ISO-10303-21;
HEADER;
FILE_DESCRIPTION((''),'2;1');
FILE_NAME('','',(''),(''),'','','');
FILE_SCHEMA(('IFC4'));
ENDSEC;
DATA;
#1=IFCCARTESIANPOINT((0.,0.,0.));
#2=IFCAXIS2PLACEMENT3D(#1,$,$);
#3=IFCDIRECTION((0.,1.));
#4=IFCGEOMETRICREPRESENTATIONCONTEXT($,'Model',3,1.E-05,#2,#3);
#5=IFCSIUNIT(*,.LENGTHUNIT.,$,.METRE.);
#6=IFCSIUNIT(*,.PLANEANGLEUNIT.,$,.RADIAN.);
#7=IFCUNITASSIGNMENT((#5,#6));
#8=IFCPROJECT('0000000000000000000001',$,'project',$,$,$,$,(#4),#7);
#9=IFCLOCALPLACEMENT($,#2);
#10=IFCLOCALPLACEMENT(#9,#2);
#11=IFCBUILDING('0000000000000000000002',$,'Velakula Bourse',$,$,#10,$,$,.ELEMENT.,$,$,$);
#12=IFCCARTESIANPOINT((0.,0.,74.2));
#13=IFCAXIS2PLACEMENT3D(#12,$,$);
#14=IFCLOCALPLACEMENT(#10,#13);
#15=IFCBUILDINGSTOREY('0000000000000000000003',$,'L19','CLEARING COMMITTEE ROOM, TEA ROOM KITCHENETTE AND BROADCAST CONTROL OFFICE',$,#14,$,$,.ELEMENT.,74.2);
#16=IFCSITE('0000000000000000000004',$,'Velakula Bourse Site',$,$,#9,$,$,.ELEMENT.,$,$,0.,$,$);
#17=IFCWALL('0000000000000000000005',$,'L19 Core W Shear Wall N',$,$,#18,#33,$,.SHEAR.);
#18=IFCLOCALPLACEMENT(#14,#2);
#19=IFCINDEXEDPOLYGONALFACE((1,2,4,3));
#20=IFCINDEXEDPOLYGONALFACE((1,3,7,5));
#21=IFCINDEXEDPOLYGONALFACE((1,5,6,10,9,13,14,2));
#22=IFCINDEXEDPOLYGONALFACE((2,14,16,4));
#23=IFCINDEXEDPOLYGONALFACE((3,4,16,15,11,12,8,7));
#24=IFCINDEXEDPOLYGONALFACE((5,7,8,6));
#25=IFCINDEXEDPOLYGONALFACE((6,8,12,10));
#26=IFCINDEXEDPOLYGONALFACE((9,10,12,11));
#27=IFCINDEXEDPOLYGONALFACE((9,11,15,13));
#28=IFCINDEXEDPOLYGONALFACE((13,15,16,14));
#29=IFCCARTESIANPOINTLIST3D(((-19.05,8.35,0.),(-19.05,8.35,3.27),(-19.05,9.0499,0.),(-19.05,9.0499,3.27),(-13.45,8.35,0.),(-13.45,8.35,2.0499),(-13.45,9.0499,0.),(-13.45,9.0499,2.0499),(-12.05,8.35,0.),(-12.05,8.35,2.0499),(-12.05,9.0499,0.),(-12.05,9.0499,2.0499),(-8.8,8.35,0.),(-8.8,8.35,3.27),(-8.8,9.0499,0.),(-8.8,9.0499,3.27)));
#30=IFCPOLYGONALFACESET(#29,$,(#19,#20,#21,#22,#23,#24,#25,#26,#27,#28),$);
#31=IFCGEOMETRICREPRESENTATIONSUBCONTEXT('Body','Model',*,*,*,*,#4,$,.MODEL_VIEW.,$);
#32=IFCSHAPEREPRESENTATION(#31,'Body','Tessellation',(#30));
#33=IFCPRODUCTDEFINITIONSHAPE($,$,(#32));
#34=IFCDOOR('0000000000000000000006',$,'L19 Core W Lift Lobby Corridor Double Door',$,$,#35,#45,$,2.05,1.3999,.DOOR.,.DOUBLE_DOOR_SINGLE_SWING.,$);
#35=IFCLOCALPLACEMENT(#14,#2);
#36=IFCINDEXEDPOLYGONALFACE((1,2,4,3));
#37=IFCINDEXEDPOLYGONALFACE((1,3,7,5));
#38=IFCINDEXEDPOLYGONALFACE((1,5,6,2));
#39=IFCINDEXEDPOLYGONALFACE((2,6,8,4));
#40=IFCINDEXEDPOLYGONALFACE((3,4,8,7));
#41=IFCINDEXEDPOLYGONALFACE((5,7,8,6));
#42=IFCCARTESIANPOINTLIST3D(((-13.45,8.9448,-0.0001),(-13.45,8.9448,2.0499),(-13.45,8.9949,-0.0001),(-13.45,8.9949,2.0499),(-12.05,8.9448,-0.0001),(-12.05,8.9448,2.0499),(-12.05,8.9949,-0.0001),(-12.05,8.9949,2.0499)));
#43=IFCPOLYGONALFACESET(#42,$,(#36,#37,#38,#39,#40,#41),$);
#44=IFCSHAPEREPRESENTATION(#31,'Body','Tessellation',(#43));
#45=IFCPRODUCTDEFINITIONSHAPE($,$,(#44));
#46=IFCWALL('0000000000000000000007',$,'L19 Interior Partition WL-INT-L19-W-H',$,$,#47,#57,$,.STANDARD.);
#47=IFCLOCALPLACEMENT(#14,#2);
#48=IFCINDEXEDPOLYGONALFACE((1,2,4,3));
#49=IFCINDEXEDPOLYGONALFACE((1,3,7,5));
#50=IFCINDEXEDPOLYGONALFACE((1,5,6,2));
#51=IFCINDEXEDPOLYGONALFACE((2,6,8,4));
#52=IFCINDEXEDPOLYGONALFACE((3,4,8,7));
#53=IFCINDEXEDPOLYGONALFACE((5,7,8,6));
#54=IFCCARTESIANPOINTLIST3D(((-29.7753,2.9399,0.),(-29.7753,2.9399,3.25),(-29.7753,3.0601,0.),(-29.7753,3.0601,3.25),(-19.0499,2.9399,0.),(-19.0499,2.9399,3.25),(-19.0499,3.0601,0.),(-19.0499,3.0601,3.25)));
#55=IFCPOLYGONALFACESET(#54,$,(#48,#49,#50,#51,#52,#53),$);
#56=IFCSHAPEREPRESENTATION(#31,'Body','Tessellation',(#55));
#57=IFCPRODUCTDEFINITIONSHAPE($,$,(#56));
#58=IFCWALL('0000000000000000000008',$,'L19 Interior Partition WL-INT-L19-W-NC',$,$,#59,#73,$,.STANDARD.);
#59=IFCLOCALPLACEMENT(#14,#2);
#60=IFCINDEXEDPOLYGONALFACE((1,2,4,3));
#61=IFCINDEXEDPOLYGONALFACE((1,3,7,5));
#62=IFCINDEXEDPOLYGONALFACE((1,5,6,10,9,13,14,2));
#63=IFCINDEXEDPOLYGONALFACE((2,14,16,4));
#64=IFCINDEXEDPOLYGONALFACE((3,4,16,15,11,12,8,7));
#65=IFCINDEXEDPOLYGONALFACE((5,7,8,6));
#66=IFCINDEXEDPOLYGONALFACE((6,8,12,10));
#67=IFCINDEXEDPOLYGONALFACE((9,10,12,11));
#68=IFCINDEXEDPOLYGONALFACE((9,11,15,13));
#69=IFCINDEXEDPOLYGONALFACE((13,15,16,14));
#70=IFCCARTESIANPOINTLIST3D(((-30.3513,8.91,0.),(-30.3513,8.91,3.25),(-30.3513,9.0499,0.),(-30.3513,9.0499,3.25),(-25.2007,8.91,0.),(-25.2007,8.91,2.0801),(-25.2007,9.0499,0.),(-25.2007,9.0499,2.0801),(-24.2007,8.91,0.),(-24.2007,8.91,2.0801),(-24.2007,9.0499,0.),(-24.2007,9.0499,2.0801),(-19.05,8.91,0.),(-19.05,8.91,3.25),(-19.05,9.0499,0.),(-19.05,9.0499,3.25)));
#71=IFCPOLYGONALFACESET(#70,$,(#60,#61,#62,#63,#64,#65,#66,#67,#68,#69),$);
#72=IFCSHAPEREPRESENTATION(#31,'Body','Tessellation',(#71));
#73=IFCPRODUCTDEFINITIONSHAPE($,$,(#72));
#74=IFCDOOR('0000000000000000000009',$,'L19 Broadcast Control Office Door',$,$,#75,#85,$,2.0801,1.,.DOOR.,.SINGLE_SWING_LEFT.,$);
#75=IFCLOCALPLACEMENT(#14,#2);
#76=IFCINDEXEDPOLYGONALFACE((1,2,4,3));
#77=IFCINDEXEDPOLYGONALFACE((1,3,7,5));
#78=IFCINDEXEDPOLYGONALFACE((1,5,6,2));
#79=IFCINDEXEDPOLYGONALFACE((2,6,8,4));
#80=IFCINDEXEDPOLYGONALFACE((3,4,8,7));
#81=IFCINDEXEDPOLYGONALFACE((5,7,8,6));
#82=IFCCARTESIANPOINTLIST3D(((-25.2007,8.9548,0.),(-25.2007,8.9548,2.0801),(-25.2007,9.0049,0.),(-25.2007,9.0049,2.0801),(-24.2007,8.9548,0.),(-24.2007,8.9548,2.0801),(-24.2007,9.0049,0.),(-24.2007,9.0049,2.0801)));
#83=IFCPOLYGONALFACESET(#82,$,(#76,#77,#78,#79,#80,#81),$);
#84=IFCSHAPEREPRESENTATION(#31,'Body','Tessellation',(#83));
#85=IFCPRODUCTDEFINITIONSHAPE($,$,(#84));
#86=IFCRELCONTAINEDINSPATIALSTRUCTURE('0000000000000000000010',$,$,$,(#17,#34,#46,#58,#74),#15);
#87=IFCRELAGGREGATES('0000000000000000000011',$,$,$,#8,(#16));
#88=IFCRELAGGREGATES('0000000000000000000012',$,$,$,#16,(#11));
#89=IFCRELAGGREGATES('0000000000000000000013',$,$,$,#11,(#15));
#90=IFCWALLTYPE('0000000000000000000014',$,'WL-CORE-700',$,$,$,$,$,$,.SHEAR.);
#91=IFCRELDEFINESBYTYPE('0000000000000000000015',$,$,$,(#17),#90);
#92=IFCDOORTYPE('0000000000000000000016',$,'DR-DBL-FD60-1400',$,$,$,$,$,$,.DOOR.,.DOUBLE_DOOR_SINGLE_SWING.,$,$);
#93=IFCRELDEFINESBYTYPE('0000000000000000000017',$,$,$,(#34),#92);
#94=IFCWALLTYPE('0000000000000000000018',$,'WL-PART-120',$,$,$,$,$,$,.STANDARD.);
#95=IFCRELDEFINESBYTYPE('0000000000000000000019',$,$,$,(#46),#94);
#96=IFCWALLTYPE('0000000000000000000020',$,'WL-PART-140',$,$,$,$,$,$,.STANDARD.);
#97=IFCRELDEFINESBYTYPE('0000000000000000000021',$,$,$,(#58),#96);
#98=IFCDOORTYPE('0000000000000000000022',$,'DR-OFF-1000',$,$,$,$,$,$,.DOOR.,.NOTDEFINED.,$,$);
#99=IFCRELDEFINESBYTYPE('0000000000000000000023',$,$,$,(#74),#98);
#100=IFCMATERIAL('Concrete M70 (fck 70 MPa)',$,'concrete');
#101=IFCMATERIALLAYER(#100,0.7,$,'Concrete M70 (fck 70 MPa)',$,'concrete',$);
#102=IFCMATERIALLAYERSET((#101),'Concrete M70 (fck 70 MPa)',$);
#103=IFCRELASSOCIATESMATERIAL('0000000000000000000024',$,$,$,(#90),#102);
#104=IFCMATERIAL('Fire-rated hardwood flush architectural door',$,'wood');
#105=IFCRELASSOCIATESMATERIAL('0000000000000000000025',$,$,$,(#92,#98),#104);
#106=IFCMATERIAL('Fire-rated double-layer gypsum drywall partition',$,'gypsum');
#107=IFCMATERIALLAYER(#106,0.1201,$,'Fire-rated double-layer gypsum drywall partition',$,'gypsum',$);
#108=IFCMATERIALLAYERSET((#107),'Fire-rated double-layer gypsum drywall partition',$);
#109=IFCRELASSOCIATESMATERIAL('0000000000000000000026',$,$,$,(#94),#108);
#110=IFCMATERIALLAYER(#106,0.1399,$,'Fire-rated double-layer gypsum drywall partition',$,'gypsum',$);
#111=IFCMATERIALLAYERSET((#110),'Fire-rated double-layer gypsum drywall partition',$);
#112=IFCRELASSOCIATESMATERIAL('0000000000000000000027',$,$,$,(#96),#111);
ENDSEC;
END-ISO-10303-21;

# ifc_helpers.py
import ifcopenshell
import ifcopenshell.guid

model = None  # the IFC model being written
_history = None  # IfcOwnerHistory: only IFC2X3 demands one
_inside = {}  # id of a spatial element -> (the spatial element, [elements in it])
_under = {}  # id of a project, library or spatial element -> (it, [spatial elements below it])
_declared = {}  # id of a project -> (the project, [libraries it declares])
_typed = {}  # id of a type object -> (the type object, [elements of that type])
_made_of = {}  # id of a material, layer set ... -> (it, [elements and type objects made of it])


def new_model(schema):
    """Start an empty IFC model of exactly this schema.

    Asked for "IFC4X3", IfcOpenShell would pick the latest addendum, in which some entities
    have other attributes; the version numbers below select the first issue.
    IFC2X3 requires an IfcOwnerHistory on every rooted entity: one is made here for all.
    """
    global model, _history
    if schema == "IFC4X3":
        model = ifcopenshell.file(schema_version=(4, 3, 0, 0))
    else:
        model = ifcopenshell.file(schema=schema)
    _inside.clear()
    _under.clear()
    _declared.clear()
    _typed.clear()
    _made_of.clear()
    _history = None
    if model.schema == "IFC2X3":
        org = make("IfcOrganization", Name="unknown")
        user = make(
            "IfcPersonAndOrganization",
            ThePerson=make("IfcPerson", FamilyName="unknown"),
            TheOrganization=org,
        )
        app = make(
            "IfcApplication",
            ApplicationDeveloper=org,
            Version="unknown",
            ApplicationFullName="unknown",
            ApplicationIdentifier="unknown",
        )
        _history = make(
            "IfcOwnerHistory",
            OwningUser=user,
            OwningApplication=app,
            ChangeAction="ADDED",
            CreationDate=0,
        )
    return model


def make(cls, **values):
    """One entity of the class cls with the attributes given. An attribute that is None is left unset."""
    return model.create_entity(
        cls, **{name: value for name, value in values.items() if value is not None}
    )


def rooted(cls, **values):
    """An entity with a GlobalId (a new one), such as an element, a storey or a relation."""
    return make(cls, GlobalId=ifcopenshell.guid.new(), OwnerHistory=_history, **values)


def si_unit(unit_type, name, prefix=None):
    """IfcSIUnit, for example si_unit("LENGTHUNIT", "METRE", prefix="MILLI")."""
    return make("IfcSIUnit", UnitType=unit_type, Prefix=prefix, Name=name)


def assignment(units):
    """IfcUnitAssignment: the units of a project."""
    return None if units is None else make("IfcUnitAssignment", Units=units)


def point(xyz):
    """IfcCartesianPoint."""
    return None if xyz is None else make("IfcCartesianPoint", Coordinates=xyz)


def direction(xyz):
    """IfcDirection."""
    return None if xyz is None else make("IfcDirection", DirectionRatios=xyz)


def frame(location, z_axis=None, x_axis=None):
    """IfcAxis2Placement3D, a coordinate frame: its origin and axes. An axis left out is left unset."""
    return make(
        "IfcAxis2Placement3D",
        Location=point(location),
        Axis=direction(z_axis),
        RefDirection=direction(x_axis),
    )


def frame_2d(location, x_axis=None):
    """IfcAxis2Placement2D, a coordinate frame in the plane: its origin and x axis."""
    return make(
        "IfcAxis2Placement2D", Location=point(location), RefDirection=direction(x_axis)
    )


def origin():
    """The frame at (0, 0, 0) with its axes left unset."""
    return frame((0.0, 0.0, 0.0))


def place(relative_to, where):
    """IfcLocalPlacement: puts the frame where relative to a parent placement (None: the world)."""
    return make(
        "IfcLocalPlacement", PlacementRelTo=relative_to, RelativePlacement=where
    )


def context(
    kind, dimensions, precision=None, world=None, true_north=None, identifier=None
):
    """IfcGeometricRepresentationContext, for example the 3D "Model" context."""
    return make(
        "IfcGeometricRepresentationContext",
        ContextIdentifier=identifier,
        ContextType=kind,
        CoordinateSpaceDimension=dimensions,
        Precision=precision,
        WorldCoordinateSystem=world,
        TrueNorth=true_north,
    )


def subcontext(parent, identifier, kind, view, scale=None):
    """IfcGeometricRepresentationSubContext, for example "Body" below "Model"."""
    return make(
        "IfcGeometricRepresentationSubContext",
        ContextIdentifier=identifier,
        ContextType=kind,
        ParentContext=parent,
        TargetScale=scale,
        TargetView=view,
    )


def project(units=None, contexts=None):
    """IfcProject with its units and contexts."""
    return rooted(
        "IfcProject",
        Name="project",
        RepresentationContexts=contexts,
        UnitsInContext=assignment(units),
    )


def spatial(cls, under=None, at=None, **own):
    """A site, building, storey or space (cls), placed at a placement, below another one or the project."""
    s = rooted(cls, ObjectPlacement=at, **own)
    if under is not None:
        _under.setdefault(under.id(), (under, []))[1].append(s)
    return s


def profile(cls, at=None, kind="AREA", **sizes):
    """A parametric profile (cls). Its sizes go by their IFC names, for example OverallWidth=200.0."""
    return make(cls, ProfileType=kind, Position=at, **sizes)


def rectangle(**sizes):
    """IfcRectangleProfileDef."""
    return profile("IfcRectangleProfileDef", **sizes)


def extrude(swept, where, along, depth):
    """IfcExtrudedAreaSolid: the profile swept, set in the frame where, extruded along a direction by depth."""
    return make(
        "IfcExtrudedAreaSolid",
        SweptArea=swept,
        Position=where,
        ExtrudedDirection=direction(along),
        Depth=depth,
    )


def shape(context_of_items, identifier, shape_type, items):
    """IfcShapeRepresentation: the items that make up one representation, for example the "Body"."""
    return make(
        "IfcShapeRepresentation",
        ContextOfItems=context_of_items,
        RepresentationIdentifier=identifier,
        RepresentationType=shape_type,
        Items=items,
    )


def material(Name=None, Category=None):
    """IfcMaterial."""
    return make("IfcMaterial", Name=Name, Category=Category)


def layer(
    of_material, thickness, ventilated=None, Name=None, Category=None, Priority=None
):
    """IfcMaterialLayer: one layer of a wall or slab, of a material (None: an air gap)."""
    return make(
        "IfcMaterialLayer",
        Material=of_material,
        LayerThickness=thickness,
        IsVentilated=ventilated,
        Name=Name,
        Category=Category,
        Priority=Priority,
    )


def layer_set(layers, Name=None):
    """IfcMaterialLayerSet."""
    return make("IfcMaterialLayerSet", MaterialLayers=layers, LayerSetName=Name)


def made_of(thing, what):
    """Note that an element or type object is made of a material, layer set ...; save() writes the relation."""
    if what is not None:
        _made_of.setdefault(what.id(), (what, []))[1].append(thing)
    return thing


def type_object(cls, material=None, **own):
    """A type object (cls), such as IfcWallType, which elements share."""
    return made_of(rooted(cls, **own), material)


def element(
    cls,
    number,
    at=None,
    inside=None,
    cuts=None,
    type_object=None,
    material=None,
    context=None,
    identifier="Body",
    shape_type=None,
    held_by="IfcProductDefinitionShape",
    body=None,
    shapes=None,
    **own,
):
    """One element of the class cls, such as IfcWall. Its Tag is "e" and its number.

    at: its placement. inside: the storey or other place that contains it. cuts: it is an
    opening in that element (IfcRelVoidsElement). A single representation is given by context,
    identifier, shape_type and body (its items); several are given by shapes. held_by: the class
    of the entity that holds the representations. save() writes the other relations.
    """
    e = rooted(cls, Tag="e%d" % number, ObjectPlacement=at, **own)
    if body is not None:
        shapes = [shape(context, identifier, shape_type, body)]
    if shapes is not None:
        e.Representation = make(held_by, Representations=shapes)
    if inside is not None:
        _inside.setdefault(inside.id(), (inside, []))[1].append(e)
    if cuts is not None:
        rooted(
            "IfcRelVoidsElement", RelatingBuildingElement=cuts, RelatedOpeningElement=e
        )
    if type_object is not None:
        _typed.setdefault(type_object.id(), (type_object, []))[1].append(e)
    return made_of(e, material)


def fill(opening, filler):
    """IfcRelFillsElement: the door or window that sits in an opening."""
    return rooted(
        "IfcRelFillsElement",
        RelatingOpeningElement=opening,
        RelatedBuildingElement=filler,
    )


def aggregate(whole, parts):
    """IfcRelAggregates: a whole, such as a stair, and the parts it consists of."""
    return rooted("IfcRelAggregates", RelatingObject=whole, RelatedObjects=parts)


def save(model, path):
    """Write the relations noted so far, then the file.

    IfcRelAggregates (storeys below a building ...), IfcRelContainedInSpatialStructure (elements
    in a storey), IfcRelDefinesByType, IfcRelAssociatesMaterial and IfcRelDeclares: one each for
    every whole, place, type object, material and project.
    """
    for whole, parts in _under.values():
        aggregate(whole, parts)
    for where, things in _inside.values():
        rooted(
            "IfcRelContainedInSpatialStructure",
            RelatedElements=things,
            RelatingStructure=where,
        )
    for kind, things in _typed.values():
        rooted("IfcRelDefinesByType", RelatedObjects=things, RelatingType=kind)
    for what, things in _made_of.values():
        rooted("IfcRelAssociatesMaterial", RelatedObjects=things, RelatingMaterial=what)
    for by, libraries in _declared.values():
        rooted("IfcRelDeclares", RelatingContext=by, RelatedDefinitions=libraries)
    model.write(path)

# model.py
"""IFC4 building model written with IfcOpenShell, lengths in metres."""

from ifc_helpers import new_model, si_unit, direction, frame, frame_2d, origin, place, context, subcontext, project, spatial, rectangle, extrude, material, layer, layer_set, type_object, element, fill, save


model = new_model("IFC4")

# Units and contexts
model_context = context("Model", 3, precision=1e-05, world=origin(), true_north=direction((0.0, 1.0)))
body_context = subcontext(model_context, "Body", "Model", "MODEL_VIEW")
ifc_project = project(units=[si_unit("LENGTHUNIT", "METRE"), si_unit("PLANEANGLEUNIT", "RADIAN")], contexts=[model_context])

# Site, building, storey
site_placement = place(None, origin())
site = spatial("IfcSite", under=ifc_project, at=site_placement, Name="Velakula Bourse Site", CompositionType="ELEMENT", RefElevation=0.0)
building_placement = place(site_placement, origin())
building = spatial("IfcBuilding", under=site, at=building_placement, Name="Velakula Bourse", CompositionType="ELEMENT")
storey_placement = place(building_placement, frame((0.0, 0.0, 74.2)))
storey = spatial("IfcBuildingStorey", under=building, at=storey_placement, Name="L19", Description="CLEARING COMMITTEE ROOM, TEA ROOM KITCHENETTE AND BROADCAST CONTROL OFFICE", CompositionType="ELEMENT", Elevation=74.2)

# Shared definitions
ifc_material_1 = material(Name="Concrete M70 (fck 70 MPa)", Category="concrete")

# Wall, opening, door
ifc_layer_1 = layer(ifc_material_1, 0.7, Name="Concrete M70 (fck 70 MPa)", Category="concrete")
ifc_layer_set_1 = layer_set([ifc_layer_1], Name="Concrete M70 (fck 70 MPa)")
wall_type_1 = type_object("IfcWallType", Name="WL-CORE-700", PredefinedType="SHEAR", material=ifc_layer_set_1)
wall_1_placement = place(storey_placement, frame((-19.05, 8.7, 0.0), z_axis=(0.0, 0.0, 1.0), x_axis=(1.0, 0.0, 0.0)))
wall_1 = element("IfcWall", 1, at=wall_1_placement, inside=storey, type_object=wall_type_1, Name="L19 Core W Shear Wall N", PredefinedType="SHEAR", context=body_context, shape_type="SweptSolid", body=[
    extrude(rectangle(XDim=10.25, YDim=0.7, at=frame_2d((5.125, 0.0))), origin(), (0.0, 0.0, 1.0), 3.27),
])
opening_1_placement = place(wall_1_placement, frame((5.6001, 0.0, 0.0)))
opening_1 = element("IfcOpeningElement", 2, at=opening_1_placement, cuts=wall_1, PredefinedType="OPENING", context=body_context, shape_type="SweptSolid", body=[
    extrude(rectangle(XDim=1.3999, YDim=2.05, at=frame_2d((0.7, 1.0249))), frame((0.0, 0.3599, 0.0), z_axis=(0.0, -1.0, 0.0), x_axis=(1.0, 0.0, 0.0)), (0.0, 0.0, 1.0), 0.72),
])
ifc_material_2 = material(Name="Fire-rated hardwood flush architectural door", Category="wood")
door_type_1 = type_object("IfcDoorType", Name="DR-DBL-FD60-1400", OperationType="DOUBLE_DOOR_SINGLE_SWING", PredefinedType="DOOR", material=ifc_material_2)
door_1_placement = place(opening_1_placement, origin())
door_1 = element("IfcDoor", 3, at=door_1_placement, inside=storey, type_object=door_type_1, Name="L19 Core W Lift Lobby Corridor Double Door", OperationType="DOUBLE_DOOR_SINGLE_SWING", OverallHeight=2.05, OverallWidth=1.3999, PredefinedType="DOOR", context=body_context, shape_type="SweptSolid", body=[
    extrude(rectangle(XDim=1.3999, YDim=2.05, at=frame_2d((0.7, 1.0249))), frame((0.0, 0.2949, 0.0), z_axis=(0.0, -1.0, 0.0), x_axis=(1.0, 0.0, 0.0)), (0.0, 0.0, 1.0), 0.05),
])
fill(opening_1, door_1)

# Wall
ifc_material_3 = material(Name="Fire-rated double-layer gypsum drywall partition", Category="gypsum")
ifc_layer_2 = layer(ifc_material_3, 0.1201, Name="Fire-rated double-layer gypsum drywall partition", Category="gypsum")
ifc_layer_set_2 = layer_set([ifc_layer_2], Name="Fire-rated double-layer gypsum drywall partition")
wall_type_2 = type_object("IfcWallType", Name="WL-PART-120", PredefinedType="STANDARD", material=ifc_layer_set_2)
wall_2_placement = place(storey_placement, frame((-29.7754, 3.0, 0.0), z_axis=(0.0, 0.0, 1.0), x_axis=(1.0, 0.0, 0.0)))
element("IfcWall", 4, at=wall_2_placement, inside=storey, type_object=wall_type_2, Name="L19 Interior Partition WL-INT-L19-W-H", PredefinedType="STANDARD", context=body_context, shape_type="SweptSolid", body=[
    extrude(rectangle(XDim=10.7253, YDim=0.1201, at=frame_2d((5.3628, 0.0))), origin(), (0.0, 0.0, 1.0), 3.25),
])

# Wall, opening, door
ifc_layer_3 = layer(ifc_material_3, 0.1399, Name="Fire-rated double-layer gypsum drywall partition", Category="gypsum")
ifc_layer_set_3 = layer_set([ifc_layer_3], Name="Fire-rated double-layer gypsum drywall partition")
wall_type_3 = type_object("IfcWallType", Name="WL-PART-140", PredefinedType="STANDARD", material=ifc_layer_set_3)
wall_3_placement = place(storey_placement, frame((-30.3513, 8.98, 0.0), z_axis=(0.0, 0.0, 1.0), x_axis=(1.0, 0.0, 0.0)))
wall_3 = element("IfcWall", 5, at=wall_3_placement, inside=storey, type_object=wall_type_3, Name="L19 Interior Partition WL-INT-L19-W-NC", PredefinedType="STANDARD", context=body_context, shape_type="SweptSolid", body=[
    extrude(rectangle(XDim=11.3013, YDim=0.1399, at=frame_2d((5.6506, 0.0))), origin(), (0.0, 0.0, 1.0), 3.25),
])
opening_2_placement = place(wall_3_placement, frame((5.1506, 0.0, 0.0)))
opening_2 = element("IfcOpeningElement", 6, at=opening_2_placement, cuts=wall_3, PredefinedType="OPENING", context=body_context, shape_type="SweptSolid", body=[
    extrude(rectangle(XDim=1.0, YDim=2.0801, at=frame_2d((0.5, 1.04))), frame((0.0, 0.0798, 0.0), z_axis=(0.0, -1.0, 0.0), x_axis=(1.0, 0.0, 0.0)), (0.0, 0.0, 1.0), 0.1599),
])
door_type_2 = type_object("IfcDoorType", Name="DR-OFF-1000", OperationType="NOTDEFINED", PredefinedType="DOOR", material=ifc_material_2)
door_2_placement = place(opening_2_placement, origin())
door_2 = element("IfcDoor", 7, at=door_2_placement, inside=storey, type_object=door_type_2, Name="L19 Broadcast Control Office Door", OperationType="SINGLE_SWING_LEFT", OverallHeight=2.0801, OverallWidth=1.0, PredefinedType="DOOR", context=body_context, shape_type="SweptSolid", body=[
    extrude(rectangle(XDim=1.0, YDim=2.0801, at=frame_2d((0.5, 1.04))), frame((0.0, 0.0249, 0.0), z_axis=(0.0, -1.0, 0.0), x_axis=(1.0, 0.0, 0.0)), (0.0, 0.0, 1.0), 0.05),
])
fill(opening_2, door_2)

save(model, "model.ifc")
